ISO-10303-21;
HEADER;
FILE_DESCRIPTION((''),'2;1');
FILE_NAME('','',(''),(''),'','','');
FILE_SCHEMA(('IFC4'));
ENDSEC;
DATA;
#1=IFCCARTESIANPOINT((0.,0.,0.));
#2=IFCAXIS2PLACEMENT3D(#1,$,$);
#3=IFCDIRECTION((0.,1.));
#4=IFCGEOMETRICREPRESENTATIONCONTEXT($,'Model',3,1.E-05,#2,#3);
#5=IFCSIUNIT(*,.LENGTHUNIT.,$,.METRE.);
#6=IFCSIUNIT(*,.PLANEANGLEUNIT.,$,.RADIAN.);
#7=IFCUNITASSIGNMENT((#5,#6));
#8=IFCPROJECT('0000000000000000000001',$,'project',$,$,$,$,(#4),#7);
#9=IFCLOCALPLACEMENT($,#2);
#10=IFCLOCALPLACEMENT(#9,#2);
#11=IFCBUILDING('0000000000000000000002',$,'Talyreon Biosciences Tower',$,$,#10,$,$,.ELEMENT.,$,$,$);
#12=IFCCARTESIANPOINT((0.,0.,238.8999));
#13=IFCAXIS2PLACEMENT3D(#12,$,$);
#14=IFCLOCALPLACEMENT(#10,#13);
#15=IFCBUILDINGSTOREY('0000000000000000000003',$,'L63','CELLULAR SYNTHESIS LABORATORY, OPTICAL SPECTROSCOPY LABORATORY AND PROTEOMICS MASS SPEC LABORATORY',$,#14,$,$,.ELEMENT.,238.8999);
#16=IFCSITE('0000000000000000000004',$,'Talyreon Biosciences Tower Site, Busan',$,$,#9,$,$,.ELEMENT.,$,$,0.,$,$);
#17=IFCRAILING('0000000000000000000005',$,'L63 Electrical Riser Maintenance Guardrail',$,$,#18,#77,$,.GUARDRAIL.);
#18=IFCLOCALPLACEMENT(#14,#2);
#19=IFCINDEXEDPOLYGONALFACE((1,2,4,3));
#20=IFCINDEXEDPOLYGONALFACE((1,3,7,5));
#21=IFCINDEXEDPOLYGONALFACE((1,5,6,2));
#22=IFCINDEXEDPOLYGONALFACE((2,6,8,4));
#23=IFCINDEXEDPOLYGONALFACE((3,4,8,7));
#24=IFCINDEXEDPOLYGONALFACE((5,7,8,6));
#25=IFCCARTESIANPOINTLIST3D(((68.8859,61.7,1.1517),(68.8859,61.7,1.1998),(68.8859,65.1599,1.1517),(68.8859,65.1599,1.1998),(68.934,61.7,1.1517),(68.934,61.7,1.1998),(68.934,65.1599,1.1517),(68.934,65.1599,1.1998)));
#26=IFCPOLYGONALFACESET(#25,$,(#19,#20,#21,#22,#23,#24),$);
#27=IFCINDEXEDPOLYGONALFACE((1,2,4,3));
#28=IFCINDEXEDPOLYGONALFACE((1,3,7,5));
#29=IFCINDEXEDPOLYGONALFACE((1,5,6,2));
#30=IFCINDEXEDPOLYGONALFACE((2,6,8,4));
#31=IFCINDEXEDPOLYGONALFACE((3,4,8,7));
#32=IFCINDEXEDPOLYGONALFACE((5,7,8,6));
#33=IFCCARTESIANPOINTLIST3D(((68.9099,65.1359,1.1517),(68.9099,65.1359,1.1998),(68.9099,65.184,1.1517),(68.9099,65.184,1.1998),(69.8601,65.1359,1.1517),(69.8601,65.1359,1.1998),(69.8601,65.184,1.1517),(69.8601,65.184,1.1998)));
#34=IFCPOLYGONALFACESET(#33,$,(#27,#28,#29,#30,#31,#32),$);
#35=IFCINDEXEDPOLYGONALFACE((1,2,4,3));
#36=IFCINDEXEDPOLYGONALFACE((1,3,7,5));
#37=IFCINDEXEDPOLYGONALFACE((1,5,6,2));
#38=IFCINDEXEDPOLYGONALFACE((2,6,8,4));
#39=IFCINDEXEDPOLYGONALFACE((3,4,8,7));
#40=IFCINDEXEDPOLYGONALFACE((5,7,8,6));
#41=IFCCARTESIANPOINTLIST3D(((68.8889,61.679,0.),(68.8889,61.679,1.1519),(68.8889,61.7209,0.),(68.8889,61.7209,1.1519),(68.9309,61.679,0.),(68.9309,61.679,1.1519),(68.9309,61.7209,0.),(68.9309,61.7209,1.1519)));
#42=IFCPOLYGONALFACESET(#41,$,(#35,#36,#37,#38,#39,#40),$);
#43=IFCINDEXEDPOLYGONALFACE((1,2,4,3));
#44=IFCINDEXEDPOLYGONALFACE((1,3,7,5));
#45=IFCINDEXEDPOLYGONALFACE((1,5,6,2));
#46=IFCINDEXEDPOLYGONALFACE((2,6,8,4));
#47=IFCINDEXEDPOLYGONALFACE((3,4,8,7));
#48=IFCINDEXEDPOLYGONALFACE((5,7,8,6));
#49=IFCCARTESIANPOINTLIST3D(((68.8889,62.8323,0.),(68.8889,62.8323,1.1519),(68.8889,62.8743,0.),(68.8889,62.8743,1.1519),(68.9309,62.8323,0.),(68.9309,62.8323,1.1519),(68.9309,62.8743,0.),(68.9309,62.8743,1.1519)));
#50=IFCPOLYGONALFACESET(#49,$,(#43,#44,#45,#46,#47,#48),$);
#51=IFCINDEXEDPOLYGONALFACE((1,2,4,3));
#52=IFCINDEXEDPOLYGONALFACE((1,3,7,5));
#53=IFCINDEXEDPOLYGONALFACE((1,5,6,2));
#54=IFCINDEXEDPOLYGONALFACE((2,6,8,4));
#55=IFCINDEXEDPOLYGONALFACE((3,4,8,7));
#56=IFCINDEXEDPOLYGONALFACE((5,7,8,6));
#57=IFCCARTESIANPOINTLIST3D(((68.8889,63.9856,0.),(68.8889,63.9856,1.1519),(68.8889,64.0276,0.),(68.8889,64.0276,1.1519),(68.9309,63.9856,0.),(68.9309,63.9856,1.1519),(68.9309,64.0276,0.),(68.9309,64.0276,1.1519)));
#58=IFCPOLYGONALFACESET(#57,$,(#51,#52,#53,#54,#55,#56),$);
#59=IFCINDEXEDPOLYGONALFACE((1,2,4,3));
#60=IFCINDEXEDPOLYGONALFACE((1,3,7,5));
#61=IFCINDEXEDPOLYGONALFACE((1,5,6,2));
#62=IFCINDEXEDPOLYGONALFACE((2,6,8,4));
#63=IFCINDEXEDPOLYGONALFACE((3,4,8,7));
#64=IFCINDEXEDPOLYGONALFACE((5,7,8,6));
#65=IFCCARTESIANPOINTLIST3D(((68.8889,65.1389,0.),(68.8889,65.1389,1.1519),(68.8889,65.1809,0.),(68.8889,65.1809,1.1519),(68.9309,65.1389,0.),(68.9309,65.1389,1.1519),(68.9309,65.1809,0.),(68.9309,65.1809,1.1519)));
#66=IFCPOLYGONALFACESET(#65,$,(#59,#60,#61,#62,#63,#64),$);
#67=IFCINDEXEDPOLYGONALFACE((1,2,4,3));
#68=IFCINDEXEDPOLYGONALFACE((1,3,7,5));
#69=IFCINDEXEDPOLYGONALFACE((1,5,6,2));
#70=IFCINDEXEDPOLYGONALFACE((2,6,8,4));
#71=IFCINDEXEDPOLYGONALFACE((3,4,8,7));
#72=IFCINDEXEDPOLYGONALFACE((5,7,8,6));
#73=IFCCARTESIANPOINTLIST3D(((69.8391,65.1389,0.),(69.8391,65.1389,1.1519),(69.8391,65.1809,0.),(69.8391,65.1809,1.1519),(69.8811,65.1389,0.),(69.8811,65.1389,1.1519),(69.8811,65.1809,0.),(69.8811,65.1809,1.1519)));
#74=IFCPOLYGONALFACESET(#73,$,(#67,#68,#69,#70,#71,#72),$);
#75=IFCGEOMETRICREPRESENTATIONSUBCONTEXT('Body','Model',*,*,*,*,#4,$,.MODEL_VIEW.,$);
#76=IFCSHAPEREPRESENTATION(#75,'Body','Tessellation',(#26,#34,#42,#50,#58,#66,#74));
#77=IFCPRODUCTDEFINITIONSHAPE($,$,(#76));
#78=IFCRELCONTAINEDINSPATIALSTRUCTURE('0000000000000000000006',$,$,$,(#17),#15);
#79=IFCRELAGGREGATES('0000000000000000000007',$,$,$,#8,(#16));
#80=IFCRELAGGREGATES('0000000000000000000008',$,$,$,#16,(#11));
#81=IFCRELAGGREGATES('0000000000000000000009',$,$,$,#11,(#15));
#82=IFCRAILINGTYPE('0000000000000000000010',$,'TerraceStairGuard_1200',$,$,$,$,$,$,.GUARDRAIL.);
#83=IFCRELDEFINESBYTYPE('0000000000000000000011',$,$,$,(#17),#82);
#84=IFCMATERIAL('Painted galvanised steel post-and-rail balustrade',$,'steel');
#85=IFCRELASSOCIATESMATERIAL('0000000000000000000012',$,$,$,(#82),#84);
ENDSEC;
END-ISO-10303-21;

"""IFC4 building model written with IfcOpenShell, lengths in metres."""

from ifc_helpers import new_model, si_unit, direction, frame, origin, origin_2d, place, context, subcontext, project, spatial, rectangle, extrude, material, type_object, element, save


model = new_model("IFC4")

# Units and contexts
model_context = context("Model", 3, precision=1e-05, world=origin(), true_north=direction((0.0, 1.0)))
body_context = subcontext(model_context, "Body", "Model", "MODEL_VIEW")
ifc_project = project(units=[si_unit("LENGTHUNIT", "METRE"), si_unit("PLANEANGLEUNIT", "RADIAN")], contexts=[model_context])

# Site, building, storey
site_placement = place(None, origin())
site = spatial("IfcSite", under=ifc_project, at=site_placement, Name="Talyreon Biosciences Tower Site, Busan", CompositionType="ELEMENT", RefElevation=0.0)
building_placement = place(site_placement, origin())
building = spatial("IfcBuilding", under=site, at=building_placement, Name="Talyreon Biosciences Tower", CompositionType="ELEMENT")
storey_placement = place(building_placement, frame((0.0, 0.0, 238.8999)))
storey = spatial("IfcBuildingStorey", under=building, at=storey_placement, Name="L63", Description="CELLULAR SYNTHESIS LABORATORY, OPTICAL SPECTROSCOPY LABORATORY AND PROTEOMICS MASS SPEC LABORATORY", CompositionType="ELEMENT", Elevation=238.8999)

# Railing
ifc_material_1 = material(Name="Painted galvanised steel post-and-rail balustrade", Category="steel")
railing_type_1 = type_object("IfcRailingType", Name="TerraceStairGuard_1200", PredefinedType="GUARDRAIL", material=ifc_material_1)
railing_1_placement = place(storey_placement, frame((68.9099, 61.7, 0.0)))
element("IfcRailing", 1, at=railing_1_placement, inside=storey, type_object=railing_type_1, Name="L63 Electrical Riser Maintenance Guardrail", PredefinedType="GUARDRAIL", context=body_context, shape_type="SweptSolid", body=[
    extrude(rectangle(XDim=0.0481, YDim=0.0481, at=origin_2d()), frame((0.0, 0.0, 1.1758), z_axis=(0.0, 1.0, 0.0), x_axis=(-1.0, 0.0, 0.0)), (0.0, 0.0, 1.0), 3.46),
    extrude(rectangle(XDim=0.0481, YDim=0.0481, at=origin_2d()), frame((0.0, 3.46, 1.1758), z_axis=(1.0, 0.0, 0.0), x_axis=(0.0, 1.0, 0.0)), (0.0, 0.0, 1.0), 0.9502),
    extrude(rectangle(XDim=0.042, YDim=0.042, at=origin_2d()), origin(), (0.0, 0.0, 1.0), 1.1519),
    extrude(rectangle(XDim=0.042, YDim=0.042, at=origin_2d()), frame((0.0, 1.1533, 0.0)), (0.0, 0.0, 1.0), 1.1519),
    extrude(rectangle(XDim=0.042, YDim=0.042, at=origin_2d()), frame((0.0, 2.3066, 0.0)), (0.0, 0.0, 1.0), 1.1519),
    extrude(rectangle(XDim=0.042, YDim=0.042, at=origin_2d()), frame((0.0, 3.46, 0.0)), (0.0, 0.0, 1.0), 1.1519),
    extrude(rectangle(XDim=0.042, YDim=0.042, at=origin_2d()), frame((0.9502, 3.46, 0.0)), (0.0, 0.0, 1.0), 1.1519),
])

save(model, "model.ifc")
